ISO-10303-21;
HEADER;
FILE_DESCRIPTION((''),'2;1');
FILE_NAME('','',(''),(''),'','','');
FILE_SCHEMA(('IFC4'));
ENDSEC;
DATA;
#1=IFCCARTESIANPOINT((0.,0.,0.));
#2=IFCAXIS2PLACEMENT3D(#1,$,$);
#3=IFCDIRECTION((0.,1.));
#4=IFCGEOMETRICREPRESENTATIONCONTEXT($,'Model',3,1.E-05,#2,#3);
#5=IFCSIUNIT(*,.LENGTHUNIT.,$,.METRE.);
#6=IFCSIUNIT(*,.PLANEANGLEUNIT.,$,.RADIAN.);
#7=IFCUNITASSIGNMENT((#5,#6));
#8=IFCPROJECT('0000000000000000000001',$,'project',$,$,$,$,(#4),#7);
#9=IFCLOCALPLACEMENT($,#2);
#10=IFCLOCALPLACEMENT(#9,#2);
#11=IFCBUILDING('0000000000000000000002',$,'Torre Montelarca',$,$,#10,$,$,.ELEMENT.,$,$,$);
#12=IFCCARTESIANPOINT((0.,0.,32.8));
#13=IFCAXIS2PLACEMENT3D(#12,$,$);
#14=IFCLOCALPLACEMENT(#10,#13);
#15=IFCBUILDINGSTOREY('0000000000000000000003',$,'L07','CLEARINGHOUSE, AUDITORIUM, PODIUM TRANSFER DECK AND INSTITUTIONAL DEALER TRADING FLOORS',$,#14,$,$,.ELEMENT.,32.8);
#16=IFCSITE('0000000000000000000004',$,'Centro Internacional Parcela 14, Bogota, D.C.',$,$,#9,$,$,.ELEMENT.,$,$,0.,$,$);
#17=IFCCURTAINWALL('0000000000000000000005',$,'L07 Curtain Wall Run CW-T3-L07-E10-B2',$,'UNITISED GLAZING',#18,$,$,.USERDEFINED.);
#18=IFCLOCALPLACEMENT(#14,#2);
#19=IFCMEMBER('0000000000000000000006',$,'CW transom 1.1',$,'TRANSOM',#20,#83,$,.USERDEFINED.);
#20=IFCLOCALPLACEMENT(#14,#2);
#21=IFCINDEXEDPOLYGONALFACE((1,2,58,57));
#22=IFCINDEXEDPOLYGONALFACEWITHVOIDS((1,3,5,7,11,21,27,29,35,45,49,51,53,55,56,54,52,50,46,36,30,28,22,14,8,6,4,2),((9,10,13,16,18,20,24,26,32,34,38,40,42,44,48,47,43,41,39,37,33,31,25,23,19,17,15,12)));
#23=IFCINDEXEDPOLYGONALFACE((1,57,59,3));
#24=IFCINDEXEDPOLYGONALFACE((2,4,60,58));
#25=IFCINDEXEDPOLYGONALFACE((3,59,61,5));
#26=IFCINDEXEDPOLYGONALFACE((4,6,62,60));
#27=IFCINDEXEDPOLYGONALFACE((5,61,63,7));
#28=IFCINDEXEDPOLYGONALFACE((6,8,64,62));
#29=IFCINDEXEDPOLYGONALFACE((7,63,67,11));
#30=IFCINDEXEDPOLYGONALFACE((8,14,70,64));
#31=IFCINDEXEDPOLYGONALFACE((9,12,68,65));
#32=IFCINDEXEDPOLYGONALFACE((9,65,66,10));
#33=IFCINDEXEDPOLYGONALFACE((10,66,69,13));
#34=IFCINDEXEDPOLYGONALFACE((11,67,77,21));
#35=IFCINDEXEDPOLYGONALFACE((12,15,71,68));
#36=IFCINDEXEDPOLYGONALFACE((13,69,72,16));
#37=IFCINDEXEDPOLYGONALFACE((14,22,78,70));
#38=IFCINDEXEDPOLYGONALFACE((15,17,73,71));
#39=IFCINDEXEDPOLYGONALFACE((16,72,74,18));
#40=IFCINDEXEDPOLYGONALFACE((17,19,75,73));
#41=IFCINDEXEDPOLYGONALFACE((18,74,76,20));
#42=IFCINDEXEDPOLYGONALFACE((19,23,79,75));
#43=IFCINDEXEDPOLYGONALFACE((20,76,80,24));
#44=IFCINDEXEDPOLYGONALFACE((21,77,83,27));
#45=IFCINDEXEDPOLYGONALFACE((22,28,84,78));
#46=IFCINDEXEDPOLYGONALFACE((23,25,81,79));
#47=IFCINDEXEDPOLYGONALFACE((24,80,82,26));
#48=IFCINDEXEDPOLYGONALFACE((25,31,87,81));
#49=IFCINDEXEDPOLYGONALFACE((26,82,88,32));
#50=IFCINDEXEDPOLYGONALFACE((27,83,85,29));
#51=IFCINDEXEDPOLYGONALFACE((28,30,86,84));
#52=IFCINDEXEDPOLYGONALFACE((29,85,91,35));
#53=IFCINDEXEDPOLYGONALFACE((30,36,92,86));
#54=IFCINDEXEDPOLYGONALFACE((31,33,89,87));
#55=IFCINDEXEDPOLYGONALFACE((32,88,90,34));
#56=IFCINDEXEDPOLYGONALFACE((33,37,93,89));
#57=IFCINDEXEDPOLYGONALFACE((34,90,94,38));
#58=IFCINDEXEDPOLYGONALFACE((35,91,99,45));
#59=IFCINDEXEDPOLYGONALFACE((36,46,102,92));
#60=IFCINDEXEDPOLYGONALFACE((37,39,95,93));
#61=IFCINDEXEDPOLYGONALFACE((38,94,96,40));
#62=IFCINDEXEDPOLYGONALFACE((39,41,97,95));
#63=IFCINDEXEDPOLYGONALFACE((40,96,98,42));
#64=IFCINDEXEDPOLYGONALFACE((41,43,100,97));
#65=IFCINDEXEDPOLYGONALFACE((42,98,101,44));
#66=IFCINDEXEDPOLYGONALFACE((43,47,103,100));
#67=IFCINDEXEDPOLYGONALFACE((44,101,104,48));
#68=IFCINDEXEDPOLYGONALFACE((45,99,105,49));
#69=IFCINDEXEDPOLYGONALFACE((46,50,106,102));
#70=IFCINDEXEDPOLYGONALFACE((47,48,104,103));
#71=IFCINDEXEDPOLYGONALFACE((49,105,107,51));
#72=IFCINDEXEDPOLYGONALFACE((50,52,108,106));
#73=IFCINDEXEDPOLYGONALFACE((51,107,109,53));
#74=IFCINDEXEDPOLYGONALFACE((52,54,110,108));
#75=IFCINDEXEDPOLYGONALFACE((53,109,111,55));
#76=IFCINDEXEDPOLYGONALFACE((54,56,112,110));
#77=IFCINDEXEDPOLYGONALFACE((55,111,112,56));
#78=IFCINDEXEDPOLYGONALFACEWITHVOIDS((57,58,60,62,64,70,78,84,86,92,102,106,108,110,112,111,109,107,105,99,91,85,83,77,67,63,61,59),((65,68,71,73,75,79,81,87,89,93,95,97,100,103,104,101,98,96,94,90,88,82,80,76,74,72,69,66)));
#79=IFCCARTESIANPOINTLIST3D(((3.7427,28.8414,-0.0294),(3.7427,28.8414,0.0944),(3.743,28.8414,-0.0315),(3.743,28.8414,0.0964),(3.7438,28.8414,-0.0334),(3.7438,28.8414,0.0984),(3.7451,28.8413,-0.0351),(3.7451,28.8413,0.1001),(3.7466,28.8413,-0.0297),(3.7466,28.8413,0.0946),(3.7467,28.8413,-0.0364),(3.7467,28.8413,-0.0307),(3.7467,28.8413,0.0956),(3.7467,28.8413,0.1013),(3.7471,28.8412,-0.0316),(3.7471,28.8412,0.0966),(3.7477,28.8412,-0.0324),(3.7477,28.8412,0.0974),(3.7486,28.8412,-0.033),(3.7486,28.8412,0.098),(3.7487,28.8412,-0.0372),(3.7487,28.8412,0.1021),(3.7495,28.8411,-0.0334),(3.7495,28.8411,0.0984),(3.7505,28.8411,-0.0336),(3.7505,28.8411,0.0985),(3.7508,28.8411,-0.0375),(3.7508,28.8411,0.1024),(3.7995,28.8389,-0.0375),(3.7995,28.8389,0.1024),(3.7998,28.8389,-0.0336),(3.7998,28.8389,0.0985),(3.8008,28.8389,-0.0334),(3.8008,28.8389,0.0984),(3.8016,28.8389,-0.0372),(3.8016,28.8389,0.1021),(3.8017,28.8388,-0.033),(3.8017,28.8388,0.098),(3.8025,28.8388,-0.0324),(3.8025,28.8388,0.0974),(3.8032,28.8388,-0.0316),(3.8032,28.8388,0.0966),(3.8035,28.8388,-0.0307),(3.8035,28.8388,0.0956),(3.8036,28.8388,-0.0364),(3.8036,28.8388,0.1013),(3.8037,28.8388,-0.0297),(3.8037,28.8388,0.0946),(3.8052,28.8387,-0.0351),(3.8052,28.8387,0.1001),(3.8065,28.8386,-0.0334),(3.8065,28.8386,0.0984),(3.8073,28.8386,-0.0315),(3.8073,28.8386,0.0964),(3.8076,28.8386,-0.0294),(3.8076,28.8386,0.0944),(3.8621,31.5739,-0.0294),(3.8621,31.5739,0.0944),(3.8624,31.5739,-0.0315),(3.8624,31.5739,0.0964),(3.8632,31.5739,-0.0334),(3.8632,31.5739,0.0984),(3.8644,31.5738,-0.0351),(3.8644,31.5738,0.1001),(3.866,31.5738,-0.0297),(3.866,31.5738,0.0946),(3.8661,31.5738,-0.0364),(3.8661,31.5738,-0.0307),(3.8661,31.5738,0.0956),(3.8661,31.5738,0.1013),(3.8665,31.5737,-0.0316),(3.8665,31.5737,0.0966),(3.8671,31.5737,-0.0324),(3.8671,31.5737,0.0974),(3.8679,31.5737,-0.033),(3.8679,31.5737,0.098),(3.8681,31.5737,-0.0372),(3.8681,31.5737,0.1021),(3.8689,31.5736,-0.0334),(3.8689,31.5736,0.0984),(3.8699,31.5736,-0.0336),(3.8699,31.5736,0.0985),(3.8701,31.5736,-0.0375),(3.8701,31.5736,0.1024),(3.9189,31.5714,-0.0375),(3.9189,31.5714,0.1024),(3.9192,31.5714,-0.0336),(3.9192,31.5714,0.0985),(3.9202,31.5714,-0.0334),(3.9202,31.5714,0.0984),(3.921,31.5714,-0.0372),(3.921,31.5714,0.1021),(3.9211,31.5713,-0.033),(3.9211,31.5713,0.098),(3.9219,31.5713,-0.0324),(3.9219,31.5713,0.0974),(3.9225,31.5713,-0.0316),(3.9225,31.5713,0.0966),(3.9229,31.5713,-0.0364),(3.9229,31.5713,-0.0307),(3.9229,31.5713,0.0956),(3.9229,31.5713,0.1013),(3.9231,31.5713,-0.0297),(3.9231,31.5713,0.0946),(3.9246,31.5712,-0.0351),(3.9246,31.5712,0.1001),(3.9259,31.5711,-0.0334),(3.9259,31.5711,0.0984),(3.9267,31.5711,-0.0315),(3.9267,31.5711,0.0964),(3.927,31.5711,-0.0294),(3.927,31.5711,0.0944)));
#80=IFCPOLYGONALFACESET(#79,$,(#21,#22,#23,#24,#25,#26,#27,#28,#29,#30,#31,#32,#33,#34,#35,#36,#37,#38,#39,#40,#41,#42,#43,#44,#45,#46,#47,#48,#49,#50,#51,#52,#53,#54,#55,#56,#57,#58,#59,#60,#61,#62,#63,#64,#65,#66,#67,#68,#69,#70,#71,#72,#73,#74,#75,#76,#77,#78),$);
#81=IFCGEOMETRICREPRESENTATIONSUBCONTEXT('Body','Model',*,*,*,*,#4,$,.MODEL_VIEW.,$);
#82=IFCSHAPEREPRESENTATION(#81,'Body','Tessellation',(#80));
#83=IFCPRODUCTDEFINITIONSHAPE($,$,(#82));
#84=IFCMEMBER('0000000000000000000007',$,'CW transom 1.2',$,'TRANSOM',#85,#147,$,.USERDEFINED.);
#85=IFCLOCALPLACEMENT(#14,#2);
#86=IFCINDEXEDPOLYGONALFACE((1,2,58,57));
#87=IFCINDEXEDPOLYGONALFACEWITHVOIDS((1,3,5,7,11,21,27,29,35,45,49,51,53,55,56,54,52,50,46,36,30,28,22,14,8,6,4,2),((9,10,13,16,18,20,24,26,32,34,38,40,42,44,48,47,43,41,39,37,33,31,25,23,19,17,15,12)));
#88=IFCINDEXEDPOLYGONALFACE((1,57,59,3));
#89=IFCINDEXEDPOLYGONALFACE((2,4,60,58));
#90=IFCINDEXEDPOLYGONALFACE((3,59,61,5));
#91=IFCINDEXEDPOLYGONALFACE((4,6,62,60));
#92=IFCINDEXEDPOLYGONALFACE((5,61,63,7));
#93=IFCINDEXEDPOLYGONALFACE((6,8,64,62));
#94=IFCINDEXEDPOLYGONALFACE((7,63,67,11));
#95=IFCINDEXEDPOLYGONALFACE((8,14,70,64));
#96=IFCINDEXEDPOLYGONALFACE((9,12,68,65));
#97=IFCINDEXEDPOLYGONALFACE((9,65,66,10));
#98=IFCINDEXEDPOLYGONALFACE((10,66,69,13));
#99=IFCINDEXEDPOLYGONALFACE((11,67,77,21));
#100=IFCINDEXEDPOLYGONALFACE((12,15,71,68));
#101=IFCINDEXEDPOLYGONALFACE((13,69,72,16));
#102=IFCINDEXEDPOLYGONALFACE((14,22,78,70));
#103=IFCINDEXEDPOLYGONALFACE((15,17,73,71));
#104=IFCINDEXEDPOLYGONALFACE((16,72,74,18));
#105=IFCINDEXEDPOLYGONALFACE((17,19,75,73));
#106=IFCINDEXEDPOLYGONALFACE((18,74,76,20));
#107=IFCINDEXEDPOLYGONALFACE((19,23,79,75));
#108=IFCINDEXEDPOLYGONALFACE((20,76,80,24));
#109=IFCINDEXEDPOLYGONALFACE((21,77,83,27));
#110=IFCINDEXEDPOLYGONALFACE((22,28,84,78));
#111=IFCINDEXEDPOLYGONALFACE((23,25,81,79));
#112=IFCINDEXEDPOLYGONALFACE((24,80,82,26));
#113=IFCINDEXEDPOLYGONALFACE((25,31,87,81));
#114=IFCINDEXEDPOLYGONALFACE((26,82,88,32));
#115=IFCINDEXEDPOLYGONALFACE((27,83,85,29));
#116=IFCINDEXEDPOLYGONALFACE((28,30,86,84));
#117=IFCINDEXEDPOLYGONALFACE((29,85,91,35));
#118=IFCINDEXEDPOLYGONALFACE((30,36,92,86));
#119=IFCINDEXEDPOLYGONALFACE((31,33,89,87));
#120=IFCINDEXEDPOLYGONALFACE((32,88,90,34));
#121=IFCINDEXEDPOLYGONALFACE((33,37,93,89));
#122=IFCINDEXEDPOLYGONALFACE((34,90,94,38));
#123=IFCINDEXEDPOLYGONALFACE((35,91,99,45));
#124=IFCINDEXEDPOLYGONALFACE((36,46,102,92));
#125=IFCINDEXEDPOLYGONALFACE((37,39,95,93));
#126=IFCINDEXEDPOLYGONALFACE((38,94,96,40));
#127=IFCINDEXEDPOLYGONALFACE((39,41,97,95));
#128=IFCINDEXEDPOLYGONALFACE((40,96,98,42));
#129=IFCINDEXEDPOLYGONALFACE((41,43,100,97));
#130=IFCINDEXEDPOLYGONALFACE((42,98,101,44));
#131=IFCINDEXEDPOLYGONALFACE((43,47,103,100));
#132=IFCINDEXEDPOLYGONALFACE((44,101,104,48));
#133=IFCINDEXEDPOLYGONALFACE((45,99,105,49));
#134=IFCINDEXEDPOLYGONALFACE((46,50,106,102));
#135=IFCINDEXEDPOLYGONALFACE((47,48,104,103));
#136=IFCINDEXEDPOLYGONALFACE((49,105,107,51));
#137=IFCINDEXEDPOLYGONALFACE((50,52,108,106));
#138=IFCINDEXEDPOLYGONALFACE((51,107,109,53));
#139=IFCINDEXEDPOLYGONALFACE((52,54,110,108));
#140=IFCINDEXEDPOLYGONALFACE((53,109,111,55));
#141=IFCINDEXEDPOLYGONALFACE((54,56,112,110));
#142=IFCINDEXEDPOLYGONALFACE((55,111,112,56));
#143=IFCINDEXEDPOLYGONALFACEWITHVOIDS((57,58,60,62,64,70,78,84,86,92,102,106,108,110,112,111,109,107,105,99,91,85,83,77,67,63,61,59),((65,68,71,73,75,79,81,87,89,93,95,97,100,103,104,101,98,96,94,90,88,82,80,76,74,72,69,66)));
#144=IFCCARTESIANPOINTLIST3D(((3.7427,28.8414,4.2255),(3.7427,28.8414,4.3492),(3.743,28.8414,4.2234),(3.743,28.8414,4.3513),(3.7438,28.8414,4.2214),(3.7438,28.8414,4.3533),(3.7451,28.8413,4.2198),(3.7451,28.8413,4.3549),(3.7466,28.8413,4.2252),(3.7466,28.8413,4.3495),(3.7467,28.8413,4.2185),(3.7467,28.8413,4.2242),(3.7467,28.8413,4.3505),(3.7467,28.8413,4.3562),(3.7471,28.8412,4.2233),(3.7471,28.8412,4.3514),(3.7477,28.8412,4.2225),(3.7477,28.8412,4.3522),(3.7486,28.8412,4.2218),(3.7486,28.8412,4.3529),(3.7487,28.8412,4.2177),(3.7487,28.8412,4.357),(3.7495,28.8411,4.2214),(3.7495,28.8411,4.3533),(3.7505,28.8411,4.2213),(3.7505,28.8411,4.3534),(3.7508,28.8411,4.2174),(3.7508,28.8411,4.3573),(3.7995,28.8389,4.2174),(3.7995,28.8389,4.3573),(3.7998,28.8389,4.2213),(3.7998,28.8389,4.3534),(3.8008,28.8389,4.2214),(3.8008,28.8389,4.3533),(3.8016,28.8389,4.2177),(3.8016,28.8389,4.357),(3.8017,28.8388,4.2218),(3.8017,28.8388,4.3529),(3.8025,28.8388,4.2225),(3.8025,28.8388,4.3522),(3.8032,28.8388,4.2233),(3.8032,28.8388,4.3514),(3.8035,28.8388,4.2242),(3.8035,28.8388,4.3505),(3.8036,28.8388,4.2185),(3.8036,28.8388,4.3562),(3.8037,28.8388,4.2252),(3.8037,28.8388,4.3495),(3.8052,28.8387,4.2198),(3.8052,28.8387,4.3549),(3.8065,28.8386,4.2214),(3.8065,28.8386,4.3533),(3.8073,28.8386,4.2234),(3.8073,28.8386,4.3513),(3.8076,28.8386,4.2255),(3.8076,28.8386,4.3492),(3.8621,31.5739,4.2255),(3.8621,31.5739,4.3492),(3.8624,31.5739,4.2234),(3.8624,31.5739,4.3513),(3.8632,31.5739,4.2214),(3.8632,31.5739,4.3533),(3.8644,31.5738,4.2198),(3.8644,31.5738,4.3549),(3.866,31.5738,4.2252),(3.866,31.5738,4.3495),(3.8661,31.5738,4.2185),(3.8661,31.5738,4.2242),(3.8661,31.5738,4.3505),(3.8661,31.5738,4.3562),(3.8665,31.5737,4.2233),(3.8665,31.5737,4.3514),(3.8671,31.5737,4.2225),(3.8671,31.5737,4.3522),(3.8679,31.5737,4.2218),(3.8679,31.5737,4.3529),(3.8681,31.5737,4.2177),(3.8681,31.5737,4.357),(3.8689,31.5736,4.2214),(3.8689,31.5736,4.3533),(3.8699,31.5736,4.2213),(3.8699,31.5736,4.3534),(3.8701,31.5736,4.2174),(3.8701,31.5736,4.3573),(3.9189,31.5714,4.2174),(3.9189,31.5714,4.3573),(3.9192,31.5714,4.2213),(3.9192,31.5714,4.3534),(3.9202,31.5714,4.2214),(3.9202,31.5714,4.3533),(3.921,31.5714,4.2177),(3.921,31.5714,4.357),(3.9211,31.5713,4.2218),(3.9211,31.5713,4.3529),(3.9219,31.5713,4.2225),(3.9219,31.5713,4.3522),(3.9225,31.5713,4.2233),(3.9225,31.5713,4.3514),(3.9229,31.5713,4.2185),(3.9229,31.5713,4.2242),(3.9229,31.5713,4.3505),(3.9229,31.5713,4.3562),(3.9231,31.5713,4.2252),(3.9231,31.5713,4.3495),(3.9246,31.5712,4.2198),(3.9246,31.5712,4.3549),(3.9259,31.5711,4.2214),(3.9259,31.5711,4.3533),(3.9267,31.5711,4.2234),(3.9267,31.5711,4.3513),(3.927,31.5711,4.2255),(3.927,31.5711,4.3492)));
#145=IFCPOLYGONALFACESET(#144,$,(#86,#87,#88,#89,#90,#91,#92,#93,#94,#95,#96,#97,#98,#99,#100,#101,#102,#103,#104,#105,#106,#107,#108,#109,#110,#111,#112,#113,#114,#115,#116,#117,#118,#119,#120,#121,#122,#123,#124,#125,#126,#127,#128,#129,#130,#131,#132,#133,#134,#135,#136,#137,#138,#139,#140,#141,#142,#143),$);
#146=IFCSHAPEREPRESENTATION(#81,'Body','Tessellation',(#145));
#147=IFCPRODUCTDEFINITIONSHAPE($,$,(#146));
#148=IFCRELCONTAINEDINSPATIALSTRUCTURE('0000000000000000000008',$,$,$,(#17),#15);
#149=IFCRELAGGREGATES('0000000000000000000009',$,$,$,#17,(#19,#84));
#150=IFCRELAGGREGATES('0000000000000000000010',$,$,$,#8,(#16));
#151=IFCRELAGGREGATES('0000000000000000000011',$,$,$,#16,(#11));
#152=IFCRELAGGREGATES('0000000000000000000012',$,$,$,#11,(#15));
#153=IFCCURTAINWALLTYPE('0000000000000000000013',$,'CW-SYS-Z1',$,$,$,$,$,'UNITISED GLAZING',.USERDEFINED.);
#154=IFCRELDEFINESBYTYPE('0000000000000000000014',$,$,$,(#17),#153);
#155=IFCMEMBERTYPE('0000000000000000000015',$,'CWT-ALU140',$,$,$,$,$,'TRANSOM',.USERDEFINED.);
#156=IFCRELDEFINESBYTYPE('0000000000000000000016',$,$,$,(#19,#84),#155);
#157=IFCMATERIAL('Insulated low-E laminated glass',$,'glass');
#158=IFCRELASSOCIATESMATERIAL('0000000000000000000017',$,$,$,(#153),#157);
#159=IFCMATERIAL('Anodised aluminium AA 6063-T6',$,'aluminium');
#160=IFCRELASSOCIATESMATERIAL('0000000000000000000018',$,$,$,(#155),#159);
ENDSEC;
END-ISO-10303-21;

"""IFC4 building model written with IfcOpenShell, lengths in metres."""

from ifc_helpers import new_model, si_unit, direction, frame, origin, origin_2d, place, context, subcontext, project, spatial, hollow_rectangle, extrude, source, transform, mapped, material, material_profile, profile_set, type_object, element, aggregate, save


model = new_model("IFC4")

# Units and contexts
model_context = context("Model", 3, precision=1e-05, world=origin(), true_north=direction((0.0, 1.0)))
body_context = subcontext(model_context, "Body", "Model", "MODEL_VIEW")
ifc_project = project(units=[si_unit("LENGTHUNIT", "METRE"), si_unit("PLANEANGLEUNIT", "RADIAN")], contexts=[model_context])

# Site, building, storey
site_placement = place(None, origin())
site = spatial("IfcSite", under=ifc_project, at=site_placement, Name="Centro Internacional Parcela 14, Bogota, D.C.", CompositionType="ELEMENT", RefElevation=0.0)
building_placement = place(site_placement, origin())
building = spatial("IfcBuilding", under=site, at=building_placement, Name="Torre Montelarca", CompositionType="ELEMENT")
storey_placement = place(building_placement, frame((0.0, 0.0, 32.8)))
storey = spatial("IfcBuildingStorey", under=building, at=storey_placement, Name="L07", Description="CLEARINGHOUSE, AUDITORIUM, PODIUM TRANSFER DECK AND INSTITUTIONAL DEALER TRADING FLOORS", CompositionType="ELEMENT", Elevation=32.8)

# Curtain wall
ifc_material_1 = material(Name="Insulated low-E laminated glass", Category="glass")
curtain_wall_type = type_object("IfcCurtainWallType", Name="CW-SYS-Z1", ElementType="UNITISED GLAZING", PredefinedType="USERDEFINED", material=ifc_material_1)
ifc_material_2 = material(Name="Anodised aluminium AA 6063-T6", Category="aluminium")
curtain_wall_1_placement = place(storey_placement, origin())
curtain_wall_1 = element("IfcCurtainWall", 1, at=curtain_wall_1_placement, inside=storey, type_object=curtain_wall_type, Name="L07 Curtain Wall Run CW-T3-L07-E10-B2", ObjectType="UNITISED GLAZING", PredefinedType="USERDEFINED")

# Members
ifc_material_profile_1 = material_profile(ifc_material_2, hollow_rectangle(XDim=0.0649, YDim=0.1399, WallThickness=0.0039, InnerFilletRadius=0.0039, OuterFilletRadius=0.0081, at=origin_2d()), Name="ALU65X140X4", Category="aluminium")
ifc_profile_set_1 = profile_set([ifc_material_profile_1], Name="Anodised aluminium AA 6063-T6")
member_type_1 = type_object("IfcMemberType", Name="CWT-ALU140", ElementType="TRANSOM", PredefinedType="USERDEFINED", material=ifc_profile_set_1)
shared_shape_1 = source(origin(), body_context, "Body", "SweptSolid", [
    extrude(hollow_rectangle(XDim=0.0649, YDim=0.1399, WallThickness=0.0039, InnerFilletRadius=0.0039, OuterFilletRadius=0.0081, at=origin_2d()), origin(), (0.0, 0.0, 1.0), 2.7351),
])
member_1_placement = place(storey_placement, frame((3.8945, 31.5725, 0.0325), z_axis=(-0.04365, -0.999047, 0.0), x_axis=(0.999047, -0.04365, 0.0)))
member_1 = element("IfcMember", 2, at=member_1_placement, type_object=member_type_1, Name="CW transom 1.1", ObjectType="TRANSOM", PredefinedType="USERDEFINED", context=body_context, shape_type="MappedRepresentation", body=[
    mapped(shared_shape_1, transform((0.0, 0.0, 0.0), scale=1.0)),
])
member_2_placement = place(storey_placement, frame((3.8945, 31.5725, 4.2874), z_axis=(-0.04365, -0.999047, 0.0), x_axis=(0.999047, -0.04365, 0.0)))
member_2 = element("IfcMember", 3, at=member_2_placement, type_object=member_type_1, Name="CW transom 1.2", ObjectType="TRANSOM", PredefinedType="USERDEFINED", context=body_context, shape_type="MappedRepresentation", body=[
    mapped(shared_shape_1, transform((0.0, 0.0, 0.0), scale=1.0)),
])

aggregate(curtain_wall_1, [member_1, member_2])

save(model, "model.ifc")
